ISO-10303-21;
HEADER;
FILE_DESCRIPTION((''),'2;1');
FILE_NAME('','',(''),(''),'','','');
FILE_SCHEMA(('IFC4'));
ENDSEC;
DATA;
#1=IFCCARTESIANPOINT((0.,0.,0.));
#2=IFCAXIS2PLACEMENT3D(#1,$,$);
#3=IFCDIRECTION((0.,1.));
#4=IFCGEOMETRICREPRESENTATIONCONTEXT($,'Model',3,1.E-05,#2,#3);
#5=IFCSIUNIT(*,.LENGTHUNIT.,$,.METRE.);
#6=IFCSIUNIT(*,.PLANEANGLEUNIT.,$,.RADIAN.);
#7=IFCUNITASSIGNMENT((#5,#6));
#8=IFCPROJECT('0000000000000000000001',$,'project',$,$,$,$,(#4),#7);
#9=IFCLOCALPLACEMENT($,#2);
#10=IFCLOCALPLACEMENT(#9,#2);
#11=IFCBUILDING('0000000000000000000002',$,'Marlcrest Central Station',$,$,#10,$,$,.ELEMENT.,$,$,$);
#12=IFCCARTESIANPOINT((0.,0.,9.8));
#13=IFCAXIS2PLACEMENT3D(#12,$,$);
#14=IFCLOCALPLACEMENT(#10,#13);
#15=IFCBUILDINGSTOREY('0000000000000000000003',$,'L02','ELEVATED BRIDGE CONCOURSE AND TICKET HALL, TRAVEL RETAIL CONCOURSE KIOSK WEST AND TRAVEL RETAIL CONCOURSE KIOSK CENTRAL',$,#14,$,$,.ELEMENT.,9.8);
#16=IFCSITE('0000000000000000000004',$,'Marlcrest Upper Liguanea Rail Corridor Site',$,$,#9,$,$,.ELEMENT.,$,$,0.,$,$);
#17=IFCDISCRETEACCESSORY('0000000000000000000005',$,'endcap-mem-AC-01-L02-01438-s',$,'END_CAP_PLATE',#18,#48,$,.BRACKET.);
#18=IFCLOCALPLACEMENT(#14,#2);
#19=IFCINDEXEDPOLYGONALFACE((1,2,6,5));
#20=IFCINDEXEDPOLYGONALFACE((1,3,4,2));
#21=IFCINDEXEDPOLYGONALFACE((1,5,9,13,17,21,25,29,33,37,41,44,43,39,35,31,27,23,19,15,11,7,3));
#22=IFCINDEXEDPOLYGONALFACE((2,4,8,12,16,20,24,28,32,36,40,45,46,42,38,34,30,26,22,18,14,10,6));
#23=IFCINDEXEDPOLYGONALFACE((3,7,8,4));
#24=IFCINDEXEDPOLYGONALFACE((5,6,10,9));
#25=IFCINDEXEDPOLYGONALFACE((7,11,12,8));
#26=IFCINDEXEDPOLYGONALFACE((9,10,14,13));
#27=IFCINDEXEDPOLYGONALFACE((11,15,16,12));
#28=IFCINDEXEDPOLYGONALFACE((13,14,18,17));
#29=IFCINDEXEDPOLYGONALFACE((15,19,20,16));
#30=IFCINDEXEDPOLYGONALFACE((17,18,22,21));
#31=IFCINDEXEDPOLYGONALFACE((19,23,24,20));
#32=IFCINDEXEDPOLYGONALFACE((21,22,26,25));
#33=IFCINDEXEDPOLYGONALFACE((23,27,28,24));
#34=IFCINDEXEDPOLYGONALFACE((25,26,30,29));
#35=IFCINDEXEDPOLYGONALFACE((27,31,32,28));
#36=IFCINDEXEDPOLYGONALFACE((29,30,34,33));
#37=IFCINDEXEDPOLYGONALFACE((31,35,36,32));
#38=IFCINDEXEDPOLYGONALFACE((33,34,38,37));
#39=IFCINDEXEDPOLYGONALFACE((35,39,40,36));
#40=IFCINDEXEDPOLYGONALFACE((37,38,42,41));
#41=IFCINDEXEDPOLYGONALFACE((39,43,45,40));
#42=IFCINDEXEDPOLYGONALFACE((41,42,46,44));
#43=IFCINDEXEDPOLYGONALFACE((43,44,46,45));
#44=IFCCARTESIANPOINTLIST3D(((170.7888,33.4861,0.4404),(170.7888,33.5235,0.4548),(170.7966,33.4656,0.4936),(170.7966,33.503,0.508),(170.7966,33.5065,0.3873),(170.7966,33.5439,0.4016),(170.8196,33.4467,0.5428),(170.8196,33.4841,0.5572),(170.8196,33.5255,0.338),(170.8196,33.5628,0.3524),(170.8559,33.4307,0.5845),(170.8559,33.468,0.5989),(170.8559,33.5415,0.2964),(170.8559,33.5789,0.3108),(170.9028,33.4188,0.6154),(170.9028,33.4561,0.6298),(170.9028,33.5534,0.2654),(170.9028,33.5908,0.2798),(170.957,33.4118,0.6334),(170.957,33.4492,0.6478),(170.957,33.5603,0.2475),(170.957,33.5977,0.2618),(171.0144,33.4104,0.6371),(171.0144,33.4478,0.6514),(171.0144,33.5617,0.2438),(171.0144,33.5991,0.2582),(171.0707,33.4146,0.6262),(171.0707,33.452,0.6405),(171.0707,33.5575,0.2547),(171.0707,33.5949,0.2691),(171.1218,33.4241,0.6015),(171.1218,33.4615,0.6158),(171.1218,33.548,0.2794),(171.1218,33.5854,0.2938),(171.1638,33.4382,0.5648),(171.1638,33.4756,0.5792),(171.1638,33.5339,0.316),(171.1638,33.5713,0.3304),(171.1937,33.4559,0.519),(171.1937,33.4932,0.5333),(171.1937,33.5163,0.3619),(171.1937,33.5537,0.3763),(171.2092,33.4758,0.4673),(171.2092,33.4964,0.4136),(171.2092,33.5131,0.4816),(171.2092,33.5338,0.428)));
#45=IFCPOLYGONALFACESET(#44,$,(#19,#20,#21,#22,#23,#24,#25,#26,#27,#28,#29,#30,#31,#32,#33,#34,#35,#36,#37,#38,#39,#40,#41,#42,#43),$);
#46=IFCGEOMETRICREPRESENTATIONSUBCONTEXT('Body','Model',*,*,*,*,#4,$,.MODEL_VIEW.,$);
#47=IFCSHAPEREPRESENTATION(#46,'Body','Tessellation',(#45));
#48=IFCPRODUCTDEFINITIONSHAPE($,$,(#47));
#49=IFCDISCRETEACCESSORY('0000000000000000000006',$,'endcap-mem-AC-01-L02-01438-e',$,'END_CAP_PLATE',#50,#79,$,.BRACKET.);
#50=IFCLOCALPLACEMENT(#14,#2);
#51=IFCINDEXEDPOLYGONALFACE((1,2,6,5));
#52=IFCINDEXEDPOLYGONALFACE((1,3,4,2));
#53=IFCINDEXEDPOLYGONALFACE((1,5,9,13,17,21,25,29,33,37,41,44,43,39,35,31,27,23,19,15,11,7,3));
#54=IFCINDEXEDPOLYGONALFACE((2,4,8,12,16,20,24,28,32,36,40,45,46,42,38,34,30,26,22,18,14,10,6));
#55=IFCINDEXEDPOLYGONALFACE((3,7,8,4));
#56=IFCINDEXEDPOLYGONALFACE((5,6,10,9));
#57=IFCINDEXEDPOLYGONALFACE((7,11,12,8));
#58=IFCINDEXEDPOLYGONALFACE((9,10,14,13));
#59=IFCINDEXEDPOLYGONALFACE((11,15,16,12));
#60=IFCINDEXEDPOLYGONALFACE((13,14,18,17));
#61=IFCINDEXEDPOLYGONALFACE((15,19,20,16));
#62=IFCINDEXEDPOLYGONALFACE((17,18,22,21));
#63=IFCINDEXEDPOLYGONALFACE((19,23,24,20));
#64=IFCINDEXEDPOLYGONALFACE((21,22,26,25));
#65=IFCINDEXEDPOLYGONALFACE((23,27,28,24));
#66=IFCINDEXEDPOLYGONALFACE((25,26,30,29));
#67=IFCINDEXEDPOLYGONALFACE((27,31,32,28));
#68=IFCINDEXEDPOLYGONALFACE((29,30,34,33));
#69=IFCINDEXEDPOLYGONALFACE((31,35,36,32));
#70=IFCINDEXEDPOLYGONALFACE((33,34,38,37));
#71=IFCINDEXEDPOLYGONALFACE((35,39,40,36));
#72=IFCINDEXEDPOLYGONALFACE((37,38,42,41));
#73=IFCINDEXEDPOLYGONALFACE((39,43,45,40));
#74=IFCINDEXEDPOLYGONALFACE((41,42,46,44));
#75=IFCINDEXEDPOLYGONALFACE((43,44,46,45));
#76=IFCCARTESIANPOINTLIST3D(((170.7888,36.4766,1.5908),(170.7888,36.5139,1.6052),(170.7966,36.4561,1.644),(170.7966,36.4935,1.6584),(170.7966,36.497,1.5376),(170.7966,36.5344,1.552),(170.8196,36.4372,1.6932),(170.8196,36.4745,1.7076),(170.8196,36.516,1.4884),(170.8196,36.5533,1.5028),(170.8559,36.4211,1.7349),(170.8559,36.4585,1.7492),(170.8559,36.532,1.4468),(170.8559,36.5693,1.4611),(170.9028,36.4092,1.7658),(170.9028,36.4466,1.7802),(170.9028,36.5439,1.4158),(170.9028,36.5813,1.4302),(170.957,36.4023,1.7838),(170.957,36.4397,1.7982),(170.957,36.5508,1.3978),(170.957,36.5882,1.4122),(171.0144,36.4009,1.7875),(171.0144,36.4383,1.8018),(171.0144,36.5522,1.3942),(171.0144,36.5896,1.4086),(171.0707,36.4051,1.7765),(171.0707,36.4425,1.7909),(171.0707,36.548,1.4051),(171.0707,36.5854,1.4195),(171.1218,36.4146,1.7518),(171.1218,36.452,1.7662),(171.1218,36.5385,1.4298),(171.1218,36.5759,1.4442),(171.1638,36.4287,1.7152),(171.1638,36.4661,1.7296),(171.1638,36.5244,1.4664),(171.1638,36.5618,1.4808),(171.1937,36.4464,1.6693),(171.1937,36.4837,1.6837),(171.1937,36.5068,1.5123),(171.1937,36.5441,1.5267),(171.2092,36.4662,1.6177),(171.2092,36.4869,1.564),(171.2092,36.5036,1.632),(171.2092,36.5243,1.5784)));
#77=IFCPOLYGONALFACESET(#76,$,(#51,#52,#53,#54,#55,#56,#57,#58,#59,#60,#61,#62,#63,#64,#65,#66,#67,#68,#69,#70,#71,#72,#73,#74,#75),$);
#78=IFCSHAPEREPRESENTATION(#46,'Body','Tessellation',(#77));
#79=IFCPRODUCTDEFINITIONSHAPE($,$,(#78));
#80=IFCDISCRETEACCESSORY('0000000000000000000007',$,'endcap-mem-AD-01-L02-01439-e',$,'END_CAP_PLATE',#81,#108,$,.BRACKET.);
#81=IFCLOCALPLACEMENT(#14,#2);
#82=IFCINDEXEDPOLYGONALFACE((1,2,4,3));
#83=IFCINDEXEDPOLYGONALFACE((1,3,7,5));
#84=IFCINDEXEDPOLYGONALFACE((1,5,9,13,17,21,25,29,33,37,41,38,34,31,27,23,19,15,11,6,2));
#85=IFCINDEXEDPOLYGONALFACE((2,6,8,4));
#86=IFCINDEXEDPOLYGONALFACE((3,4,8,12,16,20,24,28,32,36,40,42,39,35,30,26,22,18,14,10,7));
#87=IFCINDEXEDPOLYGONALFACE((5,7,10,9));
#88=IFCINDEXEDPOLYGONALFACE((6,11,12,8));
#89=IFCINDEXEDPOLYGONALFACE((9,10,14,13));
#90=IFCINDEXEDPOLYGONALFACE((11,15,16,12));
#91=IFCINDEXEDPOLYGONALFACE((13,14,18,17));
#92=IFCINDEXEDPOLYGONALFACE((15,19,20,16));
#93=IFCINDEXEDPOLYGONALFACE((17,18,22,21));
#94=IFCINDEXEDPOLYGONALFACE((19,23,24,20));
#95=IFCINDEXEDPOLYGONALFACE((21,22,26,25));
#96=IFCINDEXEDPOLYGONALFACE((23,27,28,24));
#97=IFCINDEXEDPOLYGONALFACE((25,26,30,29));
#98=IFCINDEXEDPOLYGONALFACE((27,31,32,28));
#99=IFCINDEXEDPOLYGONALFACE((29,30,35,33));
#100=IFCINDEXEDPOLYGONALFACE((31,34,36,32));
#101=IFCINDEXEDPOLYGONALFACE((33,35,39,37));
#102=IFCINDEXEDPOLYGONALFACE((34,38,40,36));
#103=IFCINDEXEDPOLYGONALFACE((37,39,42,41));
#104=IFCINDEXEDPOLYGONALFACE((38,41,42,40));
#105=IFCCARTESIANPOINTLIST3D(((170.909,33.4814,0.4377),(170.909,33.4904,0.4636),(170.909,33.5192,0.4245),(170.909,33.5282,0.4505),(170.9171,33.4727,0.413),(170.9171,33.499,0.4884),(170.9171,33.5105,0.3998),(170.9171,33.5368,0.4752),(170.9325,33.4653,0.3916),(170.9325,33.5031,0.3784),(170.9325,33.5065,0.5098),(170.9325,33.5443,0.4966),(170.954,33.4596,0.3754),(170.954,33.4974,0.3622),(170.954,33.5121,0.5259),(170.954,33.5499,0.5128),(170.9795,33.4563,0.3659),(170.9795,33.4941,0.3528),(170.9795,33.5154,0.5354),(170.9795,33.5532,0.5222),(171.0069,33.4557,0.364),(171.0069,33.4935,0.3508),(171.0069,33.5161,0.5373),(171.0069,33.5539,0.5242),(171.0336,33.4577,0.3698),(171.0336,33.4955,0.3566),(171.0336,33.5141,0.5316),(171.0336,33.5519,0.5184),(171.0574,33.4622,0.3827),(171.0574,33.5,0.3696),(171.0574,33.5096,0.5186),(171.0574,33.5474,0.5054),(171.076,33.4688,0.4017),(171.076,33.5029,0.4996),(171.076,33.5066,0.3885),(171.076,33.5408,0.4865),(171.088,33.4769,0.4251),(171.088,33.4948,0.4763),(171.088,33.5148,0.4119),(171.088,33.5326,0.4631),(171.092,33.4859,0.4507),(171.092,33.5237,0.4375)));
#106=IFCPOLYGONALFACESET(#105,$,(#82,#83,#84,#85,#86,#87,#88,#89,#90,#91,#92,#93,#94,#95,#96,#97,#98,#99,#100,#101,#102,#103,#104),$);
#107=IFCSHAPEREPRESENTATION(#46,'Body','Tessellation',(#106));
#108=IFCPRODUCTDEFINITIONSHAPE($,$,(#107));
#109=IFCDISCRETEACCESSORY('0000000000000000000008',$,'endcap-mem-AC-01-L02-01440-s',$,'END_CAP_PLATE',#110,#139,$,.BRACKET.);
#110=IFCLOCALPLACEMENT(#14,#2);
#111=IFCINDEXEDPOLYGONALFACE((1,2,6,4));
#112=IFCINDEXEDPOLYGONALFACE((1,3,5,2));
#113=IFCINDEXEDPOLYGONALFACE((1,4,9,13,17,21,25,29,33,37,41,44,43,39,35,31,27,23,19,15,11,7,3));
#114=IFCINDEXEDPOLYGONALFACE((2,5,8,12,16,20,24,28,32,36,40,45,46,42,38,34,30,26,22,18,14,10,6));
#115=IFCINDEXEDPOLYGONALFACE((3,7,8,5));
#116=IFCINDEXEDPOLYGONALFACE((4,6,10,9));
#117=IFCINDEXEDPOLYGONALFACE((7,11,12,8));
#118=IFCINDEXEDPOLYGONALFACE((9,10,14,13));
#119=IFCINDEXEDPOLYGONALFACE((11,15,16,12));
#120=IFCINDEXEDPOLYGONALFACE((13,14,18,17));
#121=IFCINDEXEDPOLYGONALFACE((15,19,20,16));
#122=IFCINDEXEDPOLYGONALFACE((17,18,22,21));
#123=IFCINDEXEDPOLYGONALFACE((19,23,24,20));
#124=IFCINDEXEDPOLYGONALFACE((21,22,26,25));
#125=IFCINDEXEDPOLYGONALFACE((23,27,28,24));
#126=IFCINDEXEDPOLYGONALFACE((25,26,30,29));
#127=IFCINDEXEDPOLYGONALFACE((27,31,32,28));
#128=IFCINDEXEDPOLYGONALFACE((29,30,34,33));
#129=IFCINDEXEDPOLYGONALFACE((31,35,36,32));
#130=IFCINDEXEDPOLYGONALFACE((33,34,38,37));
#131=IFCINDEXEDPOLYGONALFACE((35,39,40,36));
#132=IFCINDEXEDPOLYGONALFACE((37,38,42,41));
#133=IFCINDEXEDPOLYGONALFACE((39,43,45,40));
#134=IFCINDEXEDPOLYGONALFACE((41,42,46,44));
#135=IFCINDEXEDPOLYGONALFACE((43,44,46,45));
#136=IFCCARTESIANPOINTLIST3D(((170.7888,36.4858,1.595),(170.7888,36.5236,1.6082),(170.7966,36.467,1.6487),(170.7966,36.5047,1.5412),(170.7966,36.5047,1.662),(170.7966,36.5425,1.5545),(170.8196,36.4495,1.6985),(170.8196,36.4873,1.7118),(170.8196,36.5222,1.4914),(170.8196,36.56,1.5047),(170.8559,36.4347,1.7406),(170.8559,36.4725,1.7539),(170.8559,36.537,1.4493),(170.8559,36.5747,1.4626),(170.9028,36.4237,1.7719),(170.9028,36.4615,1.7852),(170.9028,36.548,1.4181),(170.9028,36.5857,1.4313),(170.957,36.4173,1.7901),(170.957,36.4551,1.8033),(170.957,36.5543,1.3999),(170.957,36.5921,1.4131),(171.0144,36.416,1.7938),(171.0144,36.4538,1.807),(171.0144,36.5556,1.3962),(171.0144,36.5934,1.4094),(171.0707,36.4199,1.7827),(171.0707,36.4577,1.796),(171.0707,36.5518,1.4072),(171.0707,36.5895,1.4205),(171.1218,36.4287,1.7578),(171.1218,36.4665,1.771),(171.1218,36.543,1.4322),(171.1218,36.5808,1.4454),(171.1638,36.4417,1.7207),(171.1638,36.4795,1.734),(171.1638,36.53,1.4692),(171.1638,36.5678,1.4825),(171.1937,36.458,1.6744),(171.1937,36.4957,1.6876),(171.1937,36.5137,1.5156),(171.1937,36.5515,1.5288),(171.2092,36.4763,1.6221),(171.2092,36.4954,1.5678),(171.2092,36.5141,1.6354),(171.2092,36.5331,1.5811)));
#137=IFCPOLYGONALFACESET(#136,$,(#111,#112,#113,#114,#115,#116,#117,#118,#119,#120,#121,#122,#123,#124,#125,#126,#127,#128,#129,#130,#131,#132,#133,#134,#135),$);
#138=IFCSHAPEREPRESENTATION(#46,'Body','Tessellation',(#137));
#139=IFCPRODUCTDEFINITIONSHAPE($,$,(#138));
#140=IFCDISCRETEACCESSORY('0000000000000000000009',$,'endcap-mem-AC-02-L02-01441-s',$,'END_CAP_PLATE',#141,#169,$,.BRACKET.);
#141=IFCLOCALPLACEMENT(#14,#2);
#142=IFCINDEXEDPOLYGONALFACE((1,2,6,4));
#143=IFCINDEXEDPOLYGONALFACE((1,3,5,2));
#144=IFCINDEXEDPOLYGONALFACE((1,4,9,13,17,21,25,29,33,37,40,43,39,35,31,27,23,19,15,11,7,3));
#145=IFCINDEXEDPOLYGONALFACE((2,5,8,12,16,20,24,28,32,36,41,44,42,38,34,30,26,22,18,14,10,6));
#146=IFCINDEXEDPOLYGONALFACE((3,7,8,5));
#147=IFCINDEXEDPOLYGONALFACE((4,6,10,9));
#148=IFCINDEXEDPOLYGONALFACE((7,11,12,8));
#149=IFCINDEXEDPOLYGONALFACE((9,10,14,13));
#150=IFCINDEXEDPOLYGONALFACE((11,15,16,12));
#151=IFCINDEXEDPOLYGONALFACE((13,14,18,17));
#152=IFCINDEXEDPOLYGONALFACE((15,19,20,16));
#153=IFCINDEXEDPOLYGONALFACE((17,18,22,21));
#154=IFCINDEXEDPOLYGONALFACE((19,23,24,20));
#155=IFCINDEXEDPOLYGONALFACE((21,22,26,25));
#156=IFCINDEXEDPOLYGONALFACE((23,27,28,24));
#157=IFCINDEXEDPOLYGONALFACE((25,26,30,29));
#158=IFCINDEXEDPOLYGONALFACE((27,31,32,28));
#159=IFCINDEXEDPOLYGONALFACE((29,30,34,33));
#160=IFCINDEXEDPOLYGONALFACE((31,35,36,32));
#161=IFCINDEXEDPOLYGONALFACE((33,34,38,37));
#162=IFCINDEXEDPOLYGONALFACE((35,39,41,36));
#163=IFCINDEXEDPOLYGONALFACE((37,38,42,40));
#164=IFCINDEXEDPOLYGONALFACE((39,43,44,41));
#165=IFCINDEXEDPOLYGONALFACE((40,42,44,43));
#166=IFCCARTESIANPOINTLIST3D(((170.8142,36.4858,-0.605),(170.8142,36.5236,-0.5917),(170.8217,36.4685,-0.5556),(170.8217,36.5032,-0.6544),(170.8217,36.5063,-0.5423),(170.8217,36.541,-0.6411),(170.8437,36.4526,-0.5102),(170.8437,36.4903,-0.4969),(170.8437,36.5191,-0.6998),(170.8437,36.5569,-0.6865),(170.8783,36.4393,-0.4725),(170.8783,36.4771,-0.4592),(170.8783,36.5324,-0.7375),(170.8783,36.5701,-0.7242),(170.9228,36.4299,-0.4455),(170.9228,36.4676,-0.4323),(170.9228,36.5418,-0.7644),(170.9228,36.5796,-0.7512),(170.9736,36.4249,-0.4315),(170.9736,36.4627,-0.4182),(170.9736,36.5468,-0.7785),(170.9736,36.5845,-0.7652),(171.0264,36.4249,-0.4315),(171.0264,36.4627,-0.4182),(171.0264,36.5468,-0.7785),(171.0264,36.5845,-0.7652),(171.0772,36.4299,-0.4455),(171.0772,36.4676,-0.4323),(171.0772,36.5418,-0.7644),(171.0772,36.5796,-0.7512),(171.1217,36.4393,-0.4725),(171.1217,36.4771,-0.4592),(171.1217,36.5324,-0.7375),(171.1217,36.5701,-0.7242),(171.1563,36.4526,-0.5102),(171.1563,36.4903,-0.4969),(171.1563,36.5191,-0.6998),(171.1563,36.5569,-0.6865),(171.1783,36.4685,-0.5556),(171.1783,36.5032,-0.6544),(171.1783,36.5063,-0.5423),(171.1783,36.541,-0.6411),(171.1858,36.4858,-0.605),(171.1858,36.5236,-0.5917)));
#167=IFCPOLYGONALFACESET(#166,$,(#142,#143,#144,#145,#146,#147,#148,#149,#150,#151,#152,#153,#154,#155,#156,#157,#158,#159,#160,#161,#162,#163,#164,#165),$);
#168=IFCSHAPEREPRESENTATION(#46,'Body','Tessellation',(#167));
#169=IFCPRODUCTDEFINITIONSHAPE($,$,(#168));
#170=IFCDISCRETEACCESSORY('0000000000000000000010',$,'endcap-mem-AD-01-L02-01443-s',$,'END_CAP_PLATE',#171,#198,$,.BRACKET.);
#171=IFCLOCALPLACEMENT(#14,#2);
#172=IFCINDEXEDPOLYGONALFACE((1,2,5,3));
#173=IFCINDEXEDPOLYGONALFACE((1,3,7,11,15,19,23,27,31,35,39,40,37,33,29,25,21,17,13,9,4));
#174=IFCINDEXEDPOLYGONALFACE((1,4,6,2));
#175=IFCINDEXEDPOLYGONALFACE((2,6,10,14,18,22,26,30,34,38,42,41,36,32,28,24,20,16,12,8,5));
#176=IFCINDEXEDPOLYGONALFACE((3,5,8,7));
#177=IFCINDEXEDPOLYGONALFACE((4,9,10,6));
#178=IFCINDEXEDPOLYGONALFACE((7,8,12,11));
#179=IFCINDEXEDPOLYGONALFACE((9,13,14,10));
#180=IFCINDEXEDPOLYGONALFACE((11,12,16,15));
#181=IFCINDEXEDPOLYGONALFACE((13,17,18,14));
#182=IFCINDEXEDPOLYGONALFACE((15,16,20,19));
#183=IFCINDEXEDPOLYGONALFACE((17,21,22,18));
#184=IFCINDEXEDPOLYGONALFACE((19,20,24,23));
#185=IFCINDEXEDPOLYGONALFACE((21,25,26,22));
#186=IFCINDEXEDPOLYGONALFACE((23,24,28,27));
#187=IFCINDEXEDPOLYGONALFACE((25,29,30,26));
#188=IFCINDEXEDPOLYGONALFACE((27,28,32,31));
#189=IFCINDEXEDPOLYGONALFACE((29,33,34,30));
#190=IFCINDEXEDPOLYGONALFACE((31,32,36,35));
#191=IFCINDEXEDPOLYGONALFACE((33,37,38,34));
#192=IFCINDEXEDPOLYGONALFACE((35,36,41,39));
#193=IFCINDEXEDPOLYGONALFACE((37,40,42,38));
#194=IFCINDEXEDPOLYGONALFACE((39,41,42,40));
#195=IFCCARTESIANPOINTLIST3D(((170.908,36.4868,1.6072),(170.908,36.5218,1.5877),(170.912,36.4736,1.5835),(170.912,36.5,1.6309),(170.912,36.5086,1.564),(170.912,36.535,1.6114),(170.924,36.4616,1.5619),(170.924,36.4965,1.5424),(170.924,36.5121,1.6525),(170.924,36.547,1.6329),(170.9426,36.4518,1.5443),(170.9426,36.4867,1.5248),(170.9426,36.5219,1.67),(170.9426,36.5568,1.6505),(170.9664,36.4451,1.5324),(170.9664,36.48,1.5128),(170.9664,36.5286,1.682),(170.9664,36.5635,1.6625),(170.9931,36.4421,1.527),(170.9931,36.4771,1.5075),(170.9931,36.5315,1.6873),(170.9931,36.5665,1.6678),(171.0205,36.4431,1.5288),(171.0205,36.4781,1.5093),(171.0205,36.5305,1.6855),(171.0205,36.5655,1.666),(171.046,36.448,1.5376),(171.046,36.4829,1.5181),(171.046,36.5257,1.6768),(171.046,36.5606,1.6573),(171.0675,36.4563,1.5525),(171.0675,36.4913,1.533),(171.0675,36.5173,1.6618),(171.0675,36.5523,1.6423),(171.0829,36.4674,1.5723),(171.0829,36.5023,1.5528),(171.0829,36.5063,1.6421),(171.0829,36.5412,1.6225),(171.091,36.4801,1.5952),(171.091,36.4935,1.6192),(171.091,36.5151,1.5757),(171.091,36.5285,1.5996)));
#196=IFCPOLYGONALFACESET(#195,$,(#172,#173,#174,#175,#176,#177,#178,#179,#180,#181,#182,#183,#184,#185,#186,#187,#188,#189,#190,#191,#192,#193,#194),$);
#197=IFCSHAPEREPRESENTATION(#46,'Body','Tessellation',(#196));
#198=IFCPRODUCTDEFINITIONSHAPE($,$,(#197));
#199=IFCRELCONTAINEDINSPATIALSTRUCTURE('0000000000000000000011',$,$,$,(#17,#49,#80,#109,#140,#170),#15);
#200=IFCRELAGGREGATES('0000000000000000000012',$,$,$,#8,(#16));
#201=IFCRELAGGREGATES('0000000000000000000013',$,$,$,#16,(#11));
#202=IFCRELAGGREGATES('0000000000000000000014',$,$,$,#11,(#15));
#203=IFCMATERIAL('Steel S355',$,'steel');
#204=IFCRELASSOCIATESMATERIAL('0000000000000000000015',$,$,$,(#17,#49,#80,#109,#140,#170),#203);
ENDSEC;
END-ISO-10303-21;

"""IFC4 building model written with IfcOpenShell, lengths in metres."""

from ifc_helpers import new_model, si_unit, direction, frame, origin, origin_2d, place, context, subcontext, project, spatial, circle, extrude, material, element, save


model = new_model("IFC4")

# Units and contexts
model_context = context("Model", 3, precision=1e-05, world=origin(), true_north=direction((0.0, 1.0)))
body_context = subcontext(model_context, "Body", "Model", "MODEL_VIEW")
ifc_project = project(units=[si_unit("LENGTHUNIT", "METRE"), si_unit("PLANEANGLEUNIT", "RADIAN")], contexts=[model_context])

# Site, building, storey
site_placement = place(None, origin())
site = spatial("IfcSite", under=ifc_project, at=site_placement, Name="Marlcrest Upper Liguanea Rail Corridor Site", CompositionType="ELEMENT", RefElevation=0.0)
building_placement = place(site_placement, origin())
building = spatial("IfcBuilding", under=site, at=building_placement, Name="Marlcrest Central Station", CompositionType="ELEMENT")
storey_placement = place(building_placement, frame((0.0, 0.0, 9.8)))
storey = spatial("IfcBuildingStorey", under=building, at=storey_placement, Name="L02", Description="ELEVATED BRIDGE CONCOURSE AND TICKET HALL, TRAVEL RETAIL CONCOURSE KIOSK WEST AND TRAVEL RETAIL CONCOURSE KIOSK CENTRAL", CompositionType="ELEMENT", Elevation=9.8)

# Shared definitions
ifc_material_1 = material(Name="Steel S355", Category="steel")

# Discrete accessories
for number, where, z_axis, x_axis, name in (
    (1, (171.0, 33.4861, 0.4404), (0.0, 0.933324, 0.359035), (-1.0, 0.0, 0.0), "endcap-mem-AC-01-L02-01438-s"),
    (2, (171.0, 36.4766, 1.5908), (0.0, 0.933324, 0.359035), (-1.0, 0.0, 0.0), "endcap-mem-AC-01-L02-01438-e"),
):
    element("IfcDiscreteAccessory", number, at=place(storey_placement, frame(where, z_axis=z_axis, x_axis=x_axis)), inside=storey, material=ifc_material_1, Name=name, ObjectType="END_CAP_PLATE", PredefinedType="BRACKET", context=body_context, shape_type="SweptSolid", body=[
        extrude(circle(Radius=0.2112, at=origin_2d()), origin(), (0.0, 0.0, 1.0), 0.04),
    ])
discrete_accessory_1_placement = place(storey_placement, frame((171.0, 33.5237, 0.4375), z_axis=(0.0, -0.94426, 0.3292), x_axis=(1.0, 0.0, 0.0)))
element("IfcDiscreteAccessory", 3, at=discrete_accessory_1_placement, inside=storey, material=ifc_material_1, Name="endcap-mem-AD-01-L02-01439-e", ObjectType="END_CAP_PLATE", PredefinedType="BRACKET", context=body_context, shape_type="SweptSolid", body=[
    extrude(circle(Radius=0.092, at=origin_2d()), origin(), (0.0, 0.0, 1.0), 0.04),
])
discrete_accessory_2_placement = place(storey_placement, frame((171.0, 36.4858, 1.595), z_axis=(0.0, 0.943537, 0.331266), x_axis=(-1.0, 0.0, 0.0)))
element("IfcDiscreteAccessory", 4, at=discrete_accessory_2_placement, inside=storey, material=ifc_material_1, Name="endcap-mem-AC-01-L02-01440-s", ObjectType="END_CAP_PLATE", PredefinedType="BRACKET", context=body_context, shape_type="SweptSolid", body=[
    extrude(circle(Radius=0.2112, at=origin_2d()), origin(), (0.0, 0.0, 1.0), 0.04),
])
discrete_accessory_3_placement = place(storey_placement, frame((171.0, 36.4858, -0.605), z_axis=(0.0, 0.943537, 0.331266), x_axis=(-1.0, 0.0, 0.0)))
element("IfcDiscreteAccessory", 5, at=discrete_accessory_3_placement, inside=storey, material=ifc_material_1, Name="endcap-mem-AC-02-L02-01441-s", ObjectType="END_CAP_PLATE", PredefinedType="BRACKET", context=body_context, shape_type="SweptSolid", body=[
    extrude(circle(Radius=0.1858, at=origin_2d()), origin(), (0.0, 0.0, 1.0), 0.04),
])
discrete_accessory_4_placement = place(storey_placement, frame((171.0, 36.4868, 1.6072), z_axis=(0.0, 0.873246, -0.48728), x_axis=(-1.0, 0.0, 0.0)))
element("IfcDiscreteAccessory", 6, at=discrete_accessory_4_placement, inside=storey, material=ifc_material_1, Name="endcap-mem-AD-01-L02-01443-s", ObjectType="END_CAP_PLATE", PredefinedType="BRACKET", context=body_context, shape_type="SweptSolid", body=[
    extrude(circle(Radius=0.092, at=origin_2d()), origin(), (0.0, 0.0, 1.0), 0.04),
])

save(model, "model.ifc")
